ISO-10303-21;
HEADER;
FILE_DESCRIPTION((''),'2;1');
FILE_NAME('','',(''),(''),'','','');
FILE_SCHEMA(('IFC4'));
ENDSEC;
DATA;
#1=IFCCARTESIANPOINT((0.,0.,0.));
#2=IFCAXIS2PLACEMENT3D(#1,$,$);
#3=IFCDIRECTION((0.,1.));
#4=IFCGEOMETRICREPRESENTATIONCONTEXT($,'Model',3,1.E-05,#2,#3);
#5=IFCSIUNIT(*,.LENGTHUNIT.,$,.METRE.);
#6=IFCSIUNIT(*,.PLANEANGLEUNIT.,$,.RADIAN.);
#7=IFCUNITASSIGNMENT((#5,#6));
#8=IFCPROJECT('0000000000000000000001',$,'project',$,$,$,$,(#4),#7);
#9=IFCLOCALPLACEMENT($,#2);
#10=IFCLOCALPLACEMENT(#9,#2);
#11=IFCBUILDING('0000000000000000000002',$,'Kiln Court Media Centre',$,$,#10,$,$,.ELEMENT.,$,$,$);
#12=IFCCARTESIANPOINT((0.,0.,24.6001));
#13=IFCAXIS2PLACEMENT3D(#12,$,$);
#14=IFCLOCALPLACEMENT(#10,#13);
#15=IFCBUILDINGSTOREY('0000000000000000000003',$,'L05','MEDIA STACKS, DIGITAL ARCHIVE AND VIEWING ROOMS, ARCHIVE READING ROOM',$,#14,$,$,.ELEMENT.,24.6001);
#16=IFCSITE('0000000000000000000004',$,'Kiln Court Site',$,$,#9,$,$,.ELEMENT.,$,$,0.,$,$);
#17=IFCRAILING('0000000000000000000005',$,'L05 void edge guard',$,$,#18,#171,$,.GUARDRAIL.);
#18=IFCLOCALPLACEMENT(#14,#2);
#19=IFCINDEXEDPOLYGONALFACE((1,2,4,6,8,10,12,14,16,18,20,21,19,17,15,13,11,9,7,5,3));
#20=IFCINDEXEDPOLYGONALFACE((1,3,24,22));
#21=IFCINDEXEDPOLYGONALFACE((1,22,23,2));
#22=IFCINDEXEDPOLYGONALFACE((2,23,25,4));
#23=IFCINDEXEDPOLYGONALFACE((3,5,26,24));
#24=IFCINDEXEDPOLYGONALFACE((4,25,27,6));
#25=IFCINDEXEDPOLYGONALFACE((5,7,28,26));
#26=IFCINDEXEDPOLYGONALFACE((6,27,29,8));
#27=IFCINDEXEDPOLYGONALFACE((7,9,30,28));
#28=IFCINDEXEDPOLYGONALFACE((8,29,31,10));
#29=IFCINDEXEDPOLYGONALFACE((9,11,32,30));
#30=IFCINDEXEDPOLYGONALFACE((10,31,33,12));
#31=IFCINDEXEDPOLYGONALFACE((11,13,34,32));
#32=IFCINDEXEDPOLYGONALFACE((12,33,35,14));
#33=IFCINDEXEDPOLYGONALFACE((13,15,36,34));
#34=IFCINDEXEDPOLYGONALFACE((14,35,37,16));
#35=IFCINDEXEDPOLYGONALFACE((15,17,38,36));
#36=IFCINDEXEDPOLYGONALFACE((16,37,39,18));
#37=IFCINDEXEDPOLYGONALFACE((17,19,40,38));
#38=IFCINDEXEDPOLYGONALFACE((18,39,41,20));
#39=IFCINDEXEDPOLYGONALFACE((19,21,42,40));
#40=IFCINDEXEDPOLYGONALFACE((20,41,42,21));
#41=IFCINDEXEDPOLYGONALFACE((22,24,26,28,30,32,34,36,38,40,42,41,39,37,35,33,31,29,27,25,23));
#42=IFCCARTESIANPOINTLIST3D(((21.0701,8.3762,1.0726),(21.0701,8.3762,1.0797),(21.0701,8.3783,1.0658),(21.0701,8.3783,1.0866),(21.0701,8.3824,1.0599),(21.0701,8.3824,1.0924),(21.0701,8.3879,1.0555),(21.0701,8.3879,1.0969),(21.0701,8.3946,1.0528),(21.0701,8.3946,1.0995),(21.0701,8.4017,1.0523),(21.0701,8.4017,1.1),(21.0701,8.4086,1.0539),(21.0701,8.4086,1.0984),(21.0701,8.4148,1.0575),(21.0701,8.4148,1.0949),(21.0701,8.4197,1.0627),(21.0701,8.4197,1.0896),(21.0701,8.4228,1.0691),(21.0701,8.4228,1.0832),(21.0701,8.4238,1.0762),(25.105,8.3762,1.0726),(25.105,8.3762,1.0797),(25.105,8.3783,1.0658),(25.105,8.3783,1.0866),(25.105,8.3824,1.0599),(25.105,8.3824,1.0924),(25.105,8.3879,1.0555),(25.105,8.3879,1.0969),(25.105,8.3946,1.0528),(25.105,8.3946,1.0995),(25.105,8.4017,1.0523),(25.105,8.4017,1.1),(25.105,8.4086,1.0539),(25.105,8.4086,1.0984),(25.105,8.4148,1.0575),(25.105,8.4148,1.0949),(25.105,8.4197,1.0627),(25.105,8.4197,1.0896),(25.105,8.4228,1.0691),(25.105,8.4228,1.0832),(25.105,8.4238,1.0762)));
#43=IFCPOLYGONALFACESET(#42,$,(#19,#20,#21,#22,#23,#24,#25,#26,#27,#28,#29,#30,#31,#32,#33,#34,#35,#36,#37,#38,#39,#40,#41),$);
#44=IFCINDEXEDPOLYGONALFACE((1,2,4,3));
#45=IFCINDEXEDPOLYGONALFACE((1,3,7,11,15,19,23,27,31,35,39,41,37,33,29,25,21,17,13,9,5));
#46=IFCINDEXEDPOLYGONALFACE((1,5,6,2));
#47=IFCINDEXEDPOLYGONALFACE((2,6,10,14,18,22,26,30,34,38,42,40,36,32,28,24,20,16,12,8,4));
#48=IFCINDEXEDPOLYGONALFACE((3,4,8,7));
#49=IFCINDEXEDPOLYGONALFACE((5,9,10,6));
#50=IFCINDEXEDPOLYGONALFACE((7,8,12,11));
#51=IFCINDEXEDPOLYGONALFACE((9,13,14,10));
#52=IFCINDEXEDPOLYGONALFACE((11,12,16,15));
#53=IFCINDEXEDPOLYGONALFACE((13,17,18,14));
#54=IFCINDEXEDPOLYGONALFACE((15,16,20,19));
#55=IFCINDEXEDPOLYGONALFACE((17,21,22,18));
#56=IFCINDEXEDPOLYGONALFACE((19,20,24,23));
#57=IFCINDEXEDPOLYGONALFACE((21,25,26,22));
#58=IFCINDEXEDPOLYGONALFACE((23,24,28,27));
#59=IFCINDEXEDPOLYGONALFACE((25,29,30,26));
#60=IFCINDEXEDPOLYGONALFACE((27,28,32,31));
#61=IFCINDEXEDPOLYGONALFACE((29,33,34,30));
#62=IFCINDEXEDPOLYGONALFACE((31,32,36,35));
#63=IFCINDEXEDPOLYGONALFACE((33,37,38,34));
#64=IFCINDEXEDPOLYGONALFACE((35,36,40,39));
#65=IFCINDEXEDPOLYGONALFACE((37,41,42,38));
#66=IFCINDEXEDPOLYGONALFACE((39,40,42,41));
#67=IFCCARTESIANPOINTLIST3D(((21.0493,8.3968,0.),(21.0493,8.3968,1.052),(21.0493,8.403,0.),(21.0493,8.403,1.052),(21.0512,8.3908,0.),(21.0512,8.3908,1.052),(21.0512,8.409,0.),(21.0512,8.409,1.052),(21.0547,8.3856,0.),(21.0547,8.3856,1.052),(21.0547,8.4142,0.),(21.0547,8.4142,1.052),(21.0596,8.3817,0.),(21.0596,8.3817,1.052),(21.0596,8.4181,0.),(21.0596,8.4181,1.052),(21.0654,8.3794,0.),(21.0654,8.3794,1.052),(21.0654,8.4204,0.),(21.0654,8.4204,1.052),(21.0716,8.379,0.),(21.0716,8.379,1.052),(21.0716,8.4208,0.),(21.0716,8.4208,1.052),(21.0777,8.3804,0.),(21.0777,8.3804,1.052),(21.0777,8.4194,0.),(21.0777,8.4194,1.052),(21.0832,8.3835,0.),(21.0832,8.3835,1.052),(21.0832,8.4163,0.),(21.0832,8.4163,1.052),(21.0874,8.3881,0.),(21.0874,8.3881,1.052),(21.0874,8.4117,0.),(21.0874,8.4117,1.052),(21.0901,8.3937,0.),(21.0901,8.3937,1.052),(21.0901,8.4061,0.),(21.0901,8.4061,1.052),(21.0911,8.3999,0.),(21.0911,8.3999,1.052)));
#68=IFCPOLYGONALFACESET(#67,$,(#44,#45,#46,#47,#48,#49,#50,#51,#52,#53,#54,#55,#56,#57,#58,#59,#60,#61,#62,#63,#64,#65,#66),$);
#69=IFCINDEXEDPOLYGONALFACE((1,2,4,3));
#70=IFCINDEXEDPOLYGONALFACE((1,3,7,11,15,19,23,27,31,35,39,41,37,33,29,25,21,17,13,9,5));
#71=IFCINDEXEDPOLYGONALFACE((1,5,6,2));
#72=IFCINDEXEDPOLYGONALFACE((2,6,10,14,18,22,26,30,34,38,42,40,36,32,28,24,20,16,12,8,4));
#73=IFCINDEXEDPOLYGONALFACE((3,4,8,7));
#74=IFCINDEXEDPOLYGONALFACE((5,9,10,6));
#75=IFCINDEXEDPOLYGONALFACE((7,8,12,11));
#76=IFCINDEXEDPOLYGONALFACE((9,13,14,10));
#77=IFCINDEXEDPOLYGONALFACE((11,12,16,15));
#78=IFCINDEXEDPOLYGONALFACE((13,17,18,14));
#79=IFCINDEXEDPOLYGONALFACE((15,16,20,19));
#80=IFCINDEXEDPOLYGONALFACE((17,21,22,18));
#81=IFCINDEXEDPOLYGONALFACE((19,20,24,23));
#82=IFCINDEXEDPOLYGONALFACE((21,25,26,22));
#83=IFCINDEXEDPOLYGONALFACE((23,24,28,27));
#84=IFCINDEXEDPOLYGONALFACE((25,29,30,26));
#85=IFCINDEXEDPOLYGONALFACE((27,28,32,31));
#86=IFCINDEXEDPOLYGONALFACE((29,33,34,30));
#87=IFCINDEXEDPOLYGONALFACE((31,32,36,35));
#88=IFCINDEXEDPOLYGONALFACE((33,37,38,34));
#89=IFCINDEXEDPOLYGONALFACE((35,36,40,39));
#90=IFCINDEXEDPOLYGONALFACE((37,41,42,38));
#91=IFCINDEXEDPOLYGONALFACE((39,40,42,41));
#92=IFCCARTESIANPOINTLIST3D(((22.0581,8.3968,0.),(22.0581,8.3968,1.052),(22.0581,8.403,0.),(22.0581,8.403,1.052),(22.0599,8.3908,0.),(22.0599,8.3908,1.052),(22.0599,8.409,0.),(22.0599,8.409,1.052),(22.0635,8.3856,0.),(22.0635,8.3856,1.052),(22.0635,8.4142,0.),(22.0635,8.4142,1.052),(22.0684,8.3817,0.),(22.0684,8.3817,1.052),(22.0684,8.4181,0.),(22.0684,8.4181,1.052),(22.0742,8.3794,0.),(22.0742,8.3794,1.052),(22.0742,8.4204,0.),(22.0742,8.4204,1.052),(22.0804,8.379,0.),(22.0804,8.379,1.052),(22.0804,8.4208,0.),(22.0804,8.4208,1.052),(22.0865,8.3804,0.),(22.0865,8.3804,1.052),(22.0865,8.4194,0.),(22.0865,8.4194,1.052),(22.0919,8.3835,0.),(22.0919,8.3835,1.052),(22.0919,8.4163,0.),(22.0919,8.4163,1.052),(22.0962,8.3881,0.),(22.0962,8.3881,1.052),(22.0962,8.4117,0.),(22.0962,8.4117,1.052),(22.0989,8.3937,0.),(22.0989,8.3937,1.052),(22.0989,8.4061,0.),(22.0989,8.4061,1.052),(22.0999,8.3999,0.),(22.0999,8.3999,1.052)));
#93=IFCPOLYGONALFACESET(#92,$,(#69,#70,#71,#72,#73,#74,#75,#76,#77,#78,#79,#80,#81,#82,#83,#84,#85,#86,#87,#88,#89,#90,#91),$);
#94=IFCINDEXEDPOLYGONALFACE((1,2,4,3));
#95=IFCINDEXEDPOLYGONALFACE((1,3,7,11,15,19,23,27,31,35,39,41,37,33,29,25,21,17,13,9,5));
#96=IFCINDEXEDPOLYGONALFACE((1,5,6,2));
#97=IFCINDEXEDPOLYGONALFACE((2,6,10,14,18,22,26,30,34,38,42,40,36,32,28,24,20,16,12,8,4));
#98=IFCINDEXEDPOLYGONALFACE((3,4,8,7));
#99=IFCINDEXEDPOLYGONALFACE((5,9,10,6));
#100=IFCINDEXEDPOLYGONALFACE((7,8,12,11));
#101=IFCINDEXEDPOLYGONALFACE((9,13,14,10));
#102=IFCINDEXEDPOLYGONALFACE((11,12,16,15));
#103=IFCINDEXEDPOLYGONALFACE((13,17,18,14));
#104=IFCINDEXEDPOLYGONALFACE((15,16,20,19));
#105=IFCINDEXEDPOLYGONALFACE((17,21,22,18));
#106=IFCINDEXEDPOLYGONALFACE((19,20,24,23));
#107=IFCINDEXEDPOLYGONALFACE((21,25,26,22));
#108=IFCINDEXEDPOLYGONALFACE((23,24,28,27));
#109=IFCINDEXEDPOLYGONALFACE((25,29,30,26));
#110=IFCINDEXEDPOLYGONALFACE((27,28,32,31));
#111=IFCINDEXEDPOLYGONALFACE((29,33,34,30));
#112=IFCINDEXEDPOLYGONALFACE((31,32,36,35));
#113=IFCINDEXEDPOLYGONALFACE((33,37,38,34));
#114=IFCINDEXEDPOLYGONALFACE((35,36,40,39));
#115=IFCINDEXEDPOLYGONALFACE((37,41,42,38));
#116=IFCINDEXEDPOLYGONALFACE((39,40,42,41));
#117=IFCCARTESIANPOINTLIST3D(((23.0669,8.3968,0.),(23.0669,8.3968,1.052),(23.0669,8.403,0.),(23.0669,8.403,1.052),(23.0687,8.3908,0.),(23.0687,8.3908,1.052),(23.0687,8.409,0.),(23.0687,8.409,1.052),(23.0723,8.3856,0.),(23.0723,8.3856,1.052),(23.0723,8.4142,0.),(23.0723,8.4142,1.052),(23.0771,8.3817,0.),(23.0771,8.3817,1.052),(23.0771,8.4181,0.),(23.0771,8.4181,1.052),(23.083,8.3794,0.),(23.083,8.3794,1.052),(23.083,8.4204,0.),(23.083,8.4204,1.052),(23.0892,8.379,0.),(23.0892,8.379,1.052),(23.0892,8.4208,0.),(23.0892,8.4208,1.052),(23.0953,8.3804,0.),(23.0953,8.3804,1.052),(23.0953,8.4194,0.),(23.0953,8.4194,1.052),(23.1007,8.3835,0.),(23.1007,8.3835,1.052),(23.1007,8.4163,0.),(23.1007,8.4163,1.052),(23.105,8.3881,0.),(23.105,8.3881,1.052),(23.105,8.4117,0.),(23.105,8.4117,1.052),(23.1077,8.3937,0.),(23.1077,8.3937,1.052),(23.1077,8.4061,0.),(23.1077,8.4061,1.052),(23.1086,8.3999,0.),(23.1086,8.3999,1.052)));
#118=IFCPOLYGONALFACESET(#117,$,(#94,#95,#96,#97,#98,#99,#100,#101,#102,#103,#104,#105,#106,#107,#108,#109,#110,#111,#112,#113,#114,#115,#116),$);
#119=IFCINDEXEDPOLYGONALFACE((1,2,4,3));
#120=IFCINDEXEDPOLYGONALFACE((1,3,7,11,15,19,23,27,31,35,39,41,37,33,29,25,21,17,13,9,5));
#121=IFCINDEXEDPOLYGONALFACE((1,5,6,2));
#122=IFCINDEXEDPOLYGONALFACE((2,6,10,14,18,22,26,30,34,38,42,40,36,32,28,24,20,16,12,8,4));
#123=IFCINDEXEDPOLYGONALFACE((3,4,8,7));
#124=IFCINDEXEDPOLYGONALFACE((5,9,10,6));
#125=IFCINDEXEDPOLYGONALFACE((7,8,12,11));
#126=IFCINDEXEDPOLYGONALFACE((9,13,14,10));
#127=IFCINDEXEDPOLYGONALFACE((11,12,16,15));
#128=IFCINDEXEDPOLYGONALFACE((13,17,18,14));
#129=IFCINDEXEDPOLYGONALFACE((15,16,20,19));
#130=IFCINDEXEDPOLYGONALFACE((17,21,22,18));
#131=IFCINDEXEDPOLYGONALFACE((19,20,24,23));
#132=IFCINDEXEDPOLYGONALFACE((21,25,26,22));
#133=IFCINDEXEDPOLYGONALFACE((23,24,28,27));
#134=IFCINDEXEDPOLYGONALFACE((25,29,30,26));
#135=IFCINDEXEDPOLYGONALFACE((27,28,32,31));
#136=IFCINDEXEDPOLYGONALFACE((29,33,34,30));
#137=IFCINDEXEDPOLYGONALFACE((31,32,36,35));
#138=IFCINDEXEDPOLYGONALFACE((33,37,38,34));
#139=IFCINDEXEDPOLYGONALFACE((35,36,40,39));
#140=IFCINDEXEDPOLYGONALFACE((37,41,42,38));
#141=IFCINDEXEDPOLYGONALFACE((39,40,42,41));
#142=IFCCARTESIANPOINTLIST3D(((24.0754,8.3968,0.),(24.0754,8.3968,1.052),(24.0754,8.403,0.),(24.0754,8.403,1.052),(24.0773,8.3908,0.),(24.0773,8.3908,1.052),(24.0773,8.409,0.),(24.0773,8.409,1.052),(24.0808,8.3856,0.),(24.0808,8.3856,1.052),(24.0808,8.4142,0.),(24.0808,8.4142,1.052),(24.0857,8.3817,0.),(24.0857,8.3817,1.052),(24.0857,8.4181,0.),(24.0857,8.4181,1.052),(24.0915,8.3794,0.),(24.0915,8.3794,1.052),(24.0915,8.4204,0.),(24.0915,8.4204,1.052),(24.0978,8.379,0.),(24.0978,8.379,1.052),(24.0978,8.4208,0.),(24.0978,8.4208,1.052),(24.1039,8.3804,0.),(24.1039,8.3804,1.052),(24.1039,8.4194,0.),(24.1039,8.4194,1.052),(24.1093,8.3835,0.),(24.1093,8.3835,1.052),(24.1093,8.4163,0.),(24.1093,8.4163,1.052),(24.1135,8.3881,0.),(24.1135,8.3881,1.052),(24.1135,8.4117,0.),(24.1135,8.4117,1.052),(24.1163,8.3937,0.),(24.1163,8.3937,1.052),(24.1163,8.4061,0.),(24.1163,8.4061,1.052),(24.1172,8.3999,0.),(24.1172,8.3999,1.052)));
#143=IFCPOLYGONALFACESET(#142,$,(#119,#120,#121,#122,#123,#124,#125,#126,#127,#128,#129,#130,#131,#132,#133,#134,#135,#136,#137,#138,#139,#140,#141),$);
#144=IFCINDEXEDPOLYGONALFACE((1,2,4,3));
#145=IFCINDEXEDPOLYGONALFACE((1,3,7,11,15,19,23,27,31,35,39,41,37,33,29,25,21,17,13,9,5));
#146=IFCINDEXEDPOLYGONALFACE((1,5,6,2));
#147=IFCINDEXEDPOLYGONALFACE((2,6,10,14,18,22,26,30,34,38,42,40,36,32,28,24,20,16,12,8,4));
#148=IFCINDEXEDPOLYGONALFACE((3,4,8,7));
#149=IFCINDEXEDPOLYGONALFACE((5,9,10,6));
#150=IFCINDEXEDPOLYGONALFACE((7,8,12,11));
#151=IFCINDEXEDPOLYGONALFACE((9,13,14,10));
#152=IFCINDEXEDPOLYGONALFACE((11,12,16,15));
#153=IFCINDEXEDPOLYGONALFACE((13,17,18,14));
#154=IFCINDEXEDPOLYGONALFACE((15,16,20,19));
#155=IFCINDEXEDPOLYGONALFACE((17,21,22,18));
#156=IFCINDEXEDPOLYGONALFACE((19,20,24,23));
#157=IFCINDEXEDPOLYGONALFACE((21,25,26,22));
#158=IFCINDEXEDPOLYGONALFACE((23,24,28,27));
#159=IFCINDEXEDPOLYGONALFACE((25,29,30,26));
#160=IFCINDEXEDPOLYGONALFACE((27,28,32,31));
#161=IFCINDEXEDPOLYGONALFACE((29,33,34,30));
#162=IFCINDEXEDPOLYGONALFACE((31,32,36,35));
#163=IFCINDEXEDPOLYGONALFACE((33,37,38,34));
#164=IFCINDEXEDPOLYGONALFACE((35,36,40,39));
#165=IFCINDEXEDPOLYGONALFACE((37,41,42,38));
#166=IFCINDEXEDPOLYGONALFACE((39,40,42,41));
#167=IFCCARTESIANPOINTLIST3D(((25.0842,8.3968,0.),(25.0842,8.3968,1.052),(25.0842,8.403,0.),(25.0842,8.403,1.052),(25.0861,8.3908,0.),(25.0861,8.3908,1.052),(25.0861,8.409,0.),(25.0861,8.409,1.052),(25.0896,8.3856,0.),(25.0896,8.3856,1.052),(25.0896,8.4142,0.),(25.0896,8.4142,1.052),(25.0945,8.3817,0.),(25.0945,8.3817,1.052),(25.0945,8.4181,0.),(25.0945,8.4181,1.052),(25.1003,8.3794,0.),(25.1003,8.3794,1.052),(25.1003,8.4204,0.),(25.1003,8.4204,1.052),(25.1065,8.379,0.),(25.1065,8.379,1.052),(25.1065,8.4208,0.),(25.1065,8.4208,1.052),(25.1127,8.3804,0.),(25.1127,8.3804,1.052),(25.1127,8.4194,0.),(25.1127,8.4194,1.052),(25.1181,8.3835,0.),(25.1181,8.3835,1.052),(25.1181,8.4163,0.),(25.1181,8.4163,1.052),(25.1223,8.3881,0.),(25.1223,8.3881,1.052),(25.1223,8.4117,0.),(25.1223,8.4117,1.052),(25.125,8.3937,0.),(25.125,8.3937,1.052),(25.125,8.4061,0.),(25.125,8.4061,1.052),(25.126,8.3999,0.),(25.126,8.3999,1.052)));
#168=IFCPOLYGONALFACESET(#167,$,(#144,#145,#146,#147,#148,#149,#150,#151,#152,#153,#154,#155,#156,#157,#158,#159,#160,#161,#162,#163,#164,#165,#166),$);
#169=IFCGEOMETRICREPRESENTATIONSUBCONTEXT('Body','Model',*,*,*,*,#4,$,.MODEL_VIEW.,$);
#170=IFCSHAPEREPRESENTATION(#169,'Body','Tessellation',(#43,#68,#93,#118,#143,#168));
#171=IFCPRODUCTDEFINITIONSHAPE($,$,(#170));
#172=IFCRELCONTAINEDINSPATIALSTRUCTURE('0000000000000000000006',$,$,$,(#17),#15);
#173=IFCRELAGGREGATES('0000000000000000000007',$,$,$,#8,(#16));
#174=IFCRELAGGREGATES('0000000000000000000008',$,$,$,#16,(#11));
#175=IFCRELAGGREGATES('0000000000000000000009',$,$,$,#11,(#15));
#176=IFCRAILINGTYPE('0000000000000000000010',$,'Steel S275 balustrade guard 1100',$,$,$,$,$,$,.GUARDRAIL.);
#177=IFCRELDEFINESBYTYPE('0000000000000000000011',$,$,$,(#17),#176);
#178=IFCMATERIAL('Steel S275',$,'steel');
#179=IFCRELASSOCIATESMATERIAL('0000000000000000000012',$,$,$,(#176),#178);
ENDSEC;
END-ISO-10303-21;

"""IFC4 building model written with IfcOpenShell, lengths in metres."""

from ifc_helpers import new_model, si_unit, direction, frame, origin, origin_2d, place, context, subcontext, project, spatial, circle, extrude, material, type_object, element, save


model = new_model("IFC4")

# Units and contexts
model_context = context("Model", 3, precision=1e-05, world=origin(), true_north=direction((0.0, 1.0)))
body_context = subcontext(model_context, "Body", "Model", "MODEL_VIEW")
ifc_project = project(units=[si_unit("LENGTHUNIT", "METRE"), si_unit("PLANEANGLEUNIT", "RADIAN")], contexts=[model_context])

# Site, building, storey
site_placement = place(None, origin())
site = spatial("IfcSite", under=ifc_project, at=site_placement, Name="Kiln Court Site", CompositionType="ELEMENT", RefElevation=0.0)
building_placement = place(site_placement, origin())
building = spatial("IfcBuilding", under=site, at=building_placement, Name="Kiln Court Media Centre", CompositionType="ELEMENT")
storey_placement = place(building_placement, frame((0.0, 0.0, 24.6001)))
storey = spatial("IfcBuildingStorey", under=building, at=storey_placement, Name="L05", Description="MEDIA STACKS, DIGITAL ARCHIVE AND VIEWING ROOMS, ARCHIVE READING ROOM", CompositionType="ELEMENT", Elevation=24.6001)

# Railing
ifc_material_1 = material(Name="Steel S275", Category="steel")
railing_type_1 = type_object("IfcRailingType", Name="Steel S275 balustrade guard 1100", PredefinedType="GUARDRAIL", material=ifc_material_1)
railing_1_placement = place(storey_placement, frame((21.0701, 8.3999, 0.0)))
element("IfcRailing", 1, at=railing_1_placement, inside=storey, type_object=railing_type_1, Name="L05 void edge guard", PredefinedType="GUARDRAIL", context=body_context, shape_type="SweptSolid", body=[
    extrude(circle(Radius=0.0239, at=origin_2d()), frame((0.0, 0.0, 1.0762), z_axis=(1.0, 0.0, 0.0), x_axis=(0.0, 1.0, 0.0)), (0.0, 0.0, 1.0), 4.0349),
    extrude(circle(Radius=0.021, at=origin_2d()), origin(), (0.0, 0.0, 1.0), 1.052),
    extrude(circle(Radius=0.021, at=origin_2d()), frame((1.0088, 0.0, 0.0)), (0.0, 0.0, 1.0), 1.052),
    extrude(circle(Radius=0.021, at=origin_2d()), frame((2.0176, 0.0, 0.0)), (0.0, 0.0, 1.0), 1.052),
    extrude(circle(Radius=0.021, at=origin_2d()), frame((3.0261, 0.0, 0.0)), (0.0, 0.0, 1.0), 1.052),
    extrude(circle(Radius=0.021, at=origin_2d()), frame((4.0349, 0.0, 0.0)), (0.0, 0.0, 1.0), 1.052),
])

save(model, "model.ifc")
